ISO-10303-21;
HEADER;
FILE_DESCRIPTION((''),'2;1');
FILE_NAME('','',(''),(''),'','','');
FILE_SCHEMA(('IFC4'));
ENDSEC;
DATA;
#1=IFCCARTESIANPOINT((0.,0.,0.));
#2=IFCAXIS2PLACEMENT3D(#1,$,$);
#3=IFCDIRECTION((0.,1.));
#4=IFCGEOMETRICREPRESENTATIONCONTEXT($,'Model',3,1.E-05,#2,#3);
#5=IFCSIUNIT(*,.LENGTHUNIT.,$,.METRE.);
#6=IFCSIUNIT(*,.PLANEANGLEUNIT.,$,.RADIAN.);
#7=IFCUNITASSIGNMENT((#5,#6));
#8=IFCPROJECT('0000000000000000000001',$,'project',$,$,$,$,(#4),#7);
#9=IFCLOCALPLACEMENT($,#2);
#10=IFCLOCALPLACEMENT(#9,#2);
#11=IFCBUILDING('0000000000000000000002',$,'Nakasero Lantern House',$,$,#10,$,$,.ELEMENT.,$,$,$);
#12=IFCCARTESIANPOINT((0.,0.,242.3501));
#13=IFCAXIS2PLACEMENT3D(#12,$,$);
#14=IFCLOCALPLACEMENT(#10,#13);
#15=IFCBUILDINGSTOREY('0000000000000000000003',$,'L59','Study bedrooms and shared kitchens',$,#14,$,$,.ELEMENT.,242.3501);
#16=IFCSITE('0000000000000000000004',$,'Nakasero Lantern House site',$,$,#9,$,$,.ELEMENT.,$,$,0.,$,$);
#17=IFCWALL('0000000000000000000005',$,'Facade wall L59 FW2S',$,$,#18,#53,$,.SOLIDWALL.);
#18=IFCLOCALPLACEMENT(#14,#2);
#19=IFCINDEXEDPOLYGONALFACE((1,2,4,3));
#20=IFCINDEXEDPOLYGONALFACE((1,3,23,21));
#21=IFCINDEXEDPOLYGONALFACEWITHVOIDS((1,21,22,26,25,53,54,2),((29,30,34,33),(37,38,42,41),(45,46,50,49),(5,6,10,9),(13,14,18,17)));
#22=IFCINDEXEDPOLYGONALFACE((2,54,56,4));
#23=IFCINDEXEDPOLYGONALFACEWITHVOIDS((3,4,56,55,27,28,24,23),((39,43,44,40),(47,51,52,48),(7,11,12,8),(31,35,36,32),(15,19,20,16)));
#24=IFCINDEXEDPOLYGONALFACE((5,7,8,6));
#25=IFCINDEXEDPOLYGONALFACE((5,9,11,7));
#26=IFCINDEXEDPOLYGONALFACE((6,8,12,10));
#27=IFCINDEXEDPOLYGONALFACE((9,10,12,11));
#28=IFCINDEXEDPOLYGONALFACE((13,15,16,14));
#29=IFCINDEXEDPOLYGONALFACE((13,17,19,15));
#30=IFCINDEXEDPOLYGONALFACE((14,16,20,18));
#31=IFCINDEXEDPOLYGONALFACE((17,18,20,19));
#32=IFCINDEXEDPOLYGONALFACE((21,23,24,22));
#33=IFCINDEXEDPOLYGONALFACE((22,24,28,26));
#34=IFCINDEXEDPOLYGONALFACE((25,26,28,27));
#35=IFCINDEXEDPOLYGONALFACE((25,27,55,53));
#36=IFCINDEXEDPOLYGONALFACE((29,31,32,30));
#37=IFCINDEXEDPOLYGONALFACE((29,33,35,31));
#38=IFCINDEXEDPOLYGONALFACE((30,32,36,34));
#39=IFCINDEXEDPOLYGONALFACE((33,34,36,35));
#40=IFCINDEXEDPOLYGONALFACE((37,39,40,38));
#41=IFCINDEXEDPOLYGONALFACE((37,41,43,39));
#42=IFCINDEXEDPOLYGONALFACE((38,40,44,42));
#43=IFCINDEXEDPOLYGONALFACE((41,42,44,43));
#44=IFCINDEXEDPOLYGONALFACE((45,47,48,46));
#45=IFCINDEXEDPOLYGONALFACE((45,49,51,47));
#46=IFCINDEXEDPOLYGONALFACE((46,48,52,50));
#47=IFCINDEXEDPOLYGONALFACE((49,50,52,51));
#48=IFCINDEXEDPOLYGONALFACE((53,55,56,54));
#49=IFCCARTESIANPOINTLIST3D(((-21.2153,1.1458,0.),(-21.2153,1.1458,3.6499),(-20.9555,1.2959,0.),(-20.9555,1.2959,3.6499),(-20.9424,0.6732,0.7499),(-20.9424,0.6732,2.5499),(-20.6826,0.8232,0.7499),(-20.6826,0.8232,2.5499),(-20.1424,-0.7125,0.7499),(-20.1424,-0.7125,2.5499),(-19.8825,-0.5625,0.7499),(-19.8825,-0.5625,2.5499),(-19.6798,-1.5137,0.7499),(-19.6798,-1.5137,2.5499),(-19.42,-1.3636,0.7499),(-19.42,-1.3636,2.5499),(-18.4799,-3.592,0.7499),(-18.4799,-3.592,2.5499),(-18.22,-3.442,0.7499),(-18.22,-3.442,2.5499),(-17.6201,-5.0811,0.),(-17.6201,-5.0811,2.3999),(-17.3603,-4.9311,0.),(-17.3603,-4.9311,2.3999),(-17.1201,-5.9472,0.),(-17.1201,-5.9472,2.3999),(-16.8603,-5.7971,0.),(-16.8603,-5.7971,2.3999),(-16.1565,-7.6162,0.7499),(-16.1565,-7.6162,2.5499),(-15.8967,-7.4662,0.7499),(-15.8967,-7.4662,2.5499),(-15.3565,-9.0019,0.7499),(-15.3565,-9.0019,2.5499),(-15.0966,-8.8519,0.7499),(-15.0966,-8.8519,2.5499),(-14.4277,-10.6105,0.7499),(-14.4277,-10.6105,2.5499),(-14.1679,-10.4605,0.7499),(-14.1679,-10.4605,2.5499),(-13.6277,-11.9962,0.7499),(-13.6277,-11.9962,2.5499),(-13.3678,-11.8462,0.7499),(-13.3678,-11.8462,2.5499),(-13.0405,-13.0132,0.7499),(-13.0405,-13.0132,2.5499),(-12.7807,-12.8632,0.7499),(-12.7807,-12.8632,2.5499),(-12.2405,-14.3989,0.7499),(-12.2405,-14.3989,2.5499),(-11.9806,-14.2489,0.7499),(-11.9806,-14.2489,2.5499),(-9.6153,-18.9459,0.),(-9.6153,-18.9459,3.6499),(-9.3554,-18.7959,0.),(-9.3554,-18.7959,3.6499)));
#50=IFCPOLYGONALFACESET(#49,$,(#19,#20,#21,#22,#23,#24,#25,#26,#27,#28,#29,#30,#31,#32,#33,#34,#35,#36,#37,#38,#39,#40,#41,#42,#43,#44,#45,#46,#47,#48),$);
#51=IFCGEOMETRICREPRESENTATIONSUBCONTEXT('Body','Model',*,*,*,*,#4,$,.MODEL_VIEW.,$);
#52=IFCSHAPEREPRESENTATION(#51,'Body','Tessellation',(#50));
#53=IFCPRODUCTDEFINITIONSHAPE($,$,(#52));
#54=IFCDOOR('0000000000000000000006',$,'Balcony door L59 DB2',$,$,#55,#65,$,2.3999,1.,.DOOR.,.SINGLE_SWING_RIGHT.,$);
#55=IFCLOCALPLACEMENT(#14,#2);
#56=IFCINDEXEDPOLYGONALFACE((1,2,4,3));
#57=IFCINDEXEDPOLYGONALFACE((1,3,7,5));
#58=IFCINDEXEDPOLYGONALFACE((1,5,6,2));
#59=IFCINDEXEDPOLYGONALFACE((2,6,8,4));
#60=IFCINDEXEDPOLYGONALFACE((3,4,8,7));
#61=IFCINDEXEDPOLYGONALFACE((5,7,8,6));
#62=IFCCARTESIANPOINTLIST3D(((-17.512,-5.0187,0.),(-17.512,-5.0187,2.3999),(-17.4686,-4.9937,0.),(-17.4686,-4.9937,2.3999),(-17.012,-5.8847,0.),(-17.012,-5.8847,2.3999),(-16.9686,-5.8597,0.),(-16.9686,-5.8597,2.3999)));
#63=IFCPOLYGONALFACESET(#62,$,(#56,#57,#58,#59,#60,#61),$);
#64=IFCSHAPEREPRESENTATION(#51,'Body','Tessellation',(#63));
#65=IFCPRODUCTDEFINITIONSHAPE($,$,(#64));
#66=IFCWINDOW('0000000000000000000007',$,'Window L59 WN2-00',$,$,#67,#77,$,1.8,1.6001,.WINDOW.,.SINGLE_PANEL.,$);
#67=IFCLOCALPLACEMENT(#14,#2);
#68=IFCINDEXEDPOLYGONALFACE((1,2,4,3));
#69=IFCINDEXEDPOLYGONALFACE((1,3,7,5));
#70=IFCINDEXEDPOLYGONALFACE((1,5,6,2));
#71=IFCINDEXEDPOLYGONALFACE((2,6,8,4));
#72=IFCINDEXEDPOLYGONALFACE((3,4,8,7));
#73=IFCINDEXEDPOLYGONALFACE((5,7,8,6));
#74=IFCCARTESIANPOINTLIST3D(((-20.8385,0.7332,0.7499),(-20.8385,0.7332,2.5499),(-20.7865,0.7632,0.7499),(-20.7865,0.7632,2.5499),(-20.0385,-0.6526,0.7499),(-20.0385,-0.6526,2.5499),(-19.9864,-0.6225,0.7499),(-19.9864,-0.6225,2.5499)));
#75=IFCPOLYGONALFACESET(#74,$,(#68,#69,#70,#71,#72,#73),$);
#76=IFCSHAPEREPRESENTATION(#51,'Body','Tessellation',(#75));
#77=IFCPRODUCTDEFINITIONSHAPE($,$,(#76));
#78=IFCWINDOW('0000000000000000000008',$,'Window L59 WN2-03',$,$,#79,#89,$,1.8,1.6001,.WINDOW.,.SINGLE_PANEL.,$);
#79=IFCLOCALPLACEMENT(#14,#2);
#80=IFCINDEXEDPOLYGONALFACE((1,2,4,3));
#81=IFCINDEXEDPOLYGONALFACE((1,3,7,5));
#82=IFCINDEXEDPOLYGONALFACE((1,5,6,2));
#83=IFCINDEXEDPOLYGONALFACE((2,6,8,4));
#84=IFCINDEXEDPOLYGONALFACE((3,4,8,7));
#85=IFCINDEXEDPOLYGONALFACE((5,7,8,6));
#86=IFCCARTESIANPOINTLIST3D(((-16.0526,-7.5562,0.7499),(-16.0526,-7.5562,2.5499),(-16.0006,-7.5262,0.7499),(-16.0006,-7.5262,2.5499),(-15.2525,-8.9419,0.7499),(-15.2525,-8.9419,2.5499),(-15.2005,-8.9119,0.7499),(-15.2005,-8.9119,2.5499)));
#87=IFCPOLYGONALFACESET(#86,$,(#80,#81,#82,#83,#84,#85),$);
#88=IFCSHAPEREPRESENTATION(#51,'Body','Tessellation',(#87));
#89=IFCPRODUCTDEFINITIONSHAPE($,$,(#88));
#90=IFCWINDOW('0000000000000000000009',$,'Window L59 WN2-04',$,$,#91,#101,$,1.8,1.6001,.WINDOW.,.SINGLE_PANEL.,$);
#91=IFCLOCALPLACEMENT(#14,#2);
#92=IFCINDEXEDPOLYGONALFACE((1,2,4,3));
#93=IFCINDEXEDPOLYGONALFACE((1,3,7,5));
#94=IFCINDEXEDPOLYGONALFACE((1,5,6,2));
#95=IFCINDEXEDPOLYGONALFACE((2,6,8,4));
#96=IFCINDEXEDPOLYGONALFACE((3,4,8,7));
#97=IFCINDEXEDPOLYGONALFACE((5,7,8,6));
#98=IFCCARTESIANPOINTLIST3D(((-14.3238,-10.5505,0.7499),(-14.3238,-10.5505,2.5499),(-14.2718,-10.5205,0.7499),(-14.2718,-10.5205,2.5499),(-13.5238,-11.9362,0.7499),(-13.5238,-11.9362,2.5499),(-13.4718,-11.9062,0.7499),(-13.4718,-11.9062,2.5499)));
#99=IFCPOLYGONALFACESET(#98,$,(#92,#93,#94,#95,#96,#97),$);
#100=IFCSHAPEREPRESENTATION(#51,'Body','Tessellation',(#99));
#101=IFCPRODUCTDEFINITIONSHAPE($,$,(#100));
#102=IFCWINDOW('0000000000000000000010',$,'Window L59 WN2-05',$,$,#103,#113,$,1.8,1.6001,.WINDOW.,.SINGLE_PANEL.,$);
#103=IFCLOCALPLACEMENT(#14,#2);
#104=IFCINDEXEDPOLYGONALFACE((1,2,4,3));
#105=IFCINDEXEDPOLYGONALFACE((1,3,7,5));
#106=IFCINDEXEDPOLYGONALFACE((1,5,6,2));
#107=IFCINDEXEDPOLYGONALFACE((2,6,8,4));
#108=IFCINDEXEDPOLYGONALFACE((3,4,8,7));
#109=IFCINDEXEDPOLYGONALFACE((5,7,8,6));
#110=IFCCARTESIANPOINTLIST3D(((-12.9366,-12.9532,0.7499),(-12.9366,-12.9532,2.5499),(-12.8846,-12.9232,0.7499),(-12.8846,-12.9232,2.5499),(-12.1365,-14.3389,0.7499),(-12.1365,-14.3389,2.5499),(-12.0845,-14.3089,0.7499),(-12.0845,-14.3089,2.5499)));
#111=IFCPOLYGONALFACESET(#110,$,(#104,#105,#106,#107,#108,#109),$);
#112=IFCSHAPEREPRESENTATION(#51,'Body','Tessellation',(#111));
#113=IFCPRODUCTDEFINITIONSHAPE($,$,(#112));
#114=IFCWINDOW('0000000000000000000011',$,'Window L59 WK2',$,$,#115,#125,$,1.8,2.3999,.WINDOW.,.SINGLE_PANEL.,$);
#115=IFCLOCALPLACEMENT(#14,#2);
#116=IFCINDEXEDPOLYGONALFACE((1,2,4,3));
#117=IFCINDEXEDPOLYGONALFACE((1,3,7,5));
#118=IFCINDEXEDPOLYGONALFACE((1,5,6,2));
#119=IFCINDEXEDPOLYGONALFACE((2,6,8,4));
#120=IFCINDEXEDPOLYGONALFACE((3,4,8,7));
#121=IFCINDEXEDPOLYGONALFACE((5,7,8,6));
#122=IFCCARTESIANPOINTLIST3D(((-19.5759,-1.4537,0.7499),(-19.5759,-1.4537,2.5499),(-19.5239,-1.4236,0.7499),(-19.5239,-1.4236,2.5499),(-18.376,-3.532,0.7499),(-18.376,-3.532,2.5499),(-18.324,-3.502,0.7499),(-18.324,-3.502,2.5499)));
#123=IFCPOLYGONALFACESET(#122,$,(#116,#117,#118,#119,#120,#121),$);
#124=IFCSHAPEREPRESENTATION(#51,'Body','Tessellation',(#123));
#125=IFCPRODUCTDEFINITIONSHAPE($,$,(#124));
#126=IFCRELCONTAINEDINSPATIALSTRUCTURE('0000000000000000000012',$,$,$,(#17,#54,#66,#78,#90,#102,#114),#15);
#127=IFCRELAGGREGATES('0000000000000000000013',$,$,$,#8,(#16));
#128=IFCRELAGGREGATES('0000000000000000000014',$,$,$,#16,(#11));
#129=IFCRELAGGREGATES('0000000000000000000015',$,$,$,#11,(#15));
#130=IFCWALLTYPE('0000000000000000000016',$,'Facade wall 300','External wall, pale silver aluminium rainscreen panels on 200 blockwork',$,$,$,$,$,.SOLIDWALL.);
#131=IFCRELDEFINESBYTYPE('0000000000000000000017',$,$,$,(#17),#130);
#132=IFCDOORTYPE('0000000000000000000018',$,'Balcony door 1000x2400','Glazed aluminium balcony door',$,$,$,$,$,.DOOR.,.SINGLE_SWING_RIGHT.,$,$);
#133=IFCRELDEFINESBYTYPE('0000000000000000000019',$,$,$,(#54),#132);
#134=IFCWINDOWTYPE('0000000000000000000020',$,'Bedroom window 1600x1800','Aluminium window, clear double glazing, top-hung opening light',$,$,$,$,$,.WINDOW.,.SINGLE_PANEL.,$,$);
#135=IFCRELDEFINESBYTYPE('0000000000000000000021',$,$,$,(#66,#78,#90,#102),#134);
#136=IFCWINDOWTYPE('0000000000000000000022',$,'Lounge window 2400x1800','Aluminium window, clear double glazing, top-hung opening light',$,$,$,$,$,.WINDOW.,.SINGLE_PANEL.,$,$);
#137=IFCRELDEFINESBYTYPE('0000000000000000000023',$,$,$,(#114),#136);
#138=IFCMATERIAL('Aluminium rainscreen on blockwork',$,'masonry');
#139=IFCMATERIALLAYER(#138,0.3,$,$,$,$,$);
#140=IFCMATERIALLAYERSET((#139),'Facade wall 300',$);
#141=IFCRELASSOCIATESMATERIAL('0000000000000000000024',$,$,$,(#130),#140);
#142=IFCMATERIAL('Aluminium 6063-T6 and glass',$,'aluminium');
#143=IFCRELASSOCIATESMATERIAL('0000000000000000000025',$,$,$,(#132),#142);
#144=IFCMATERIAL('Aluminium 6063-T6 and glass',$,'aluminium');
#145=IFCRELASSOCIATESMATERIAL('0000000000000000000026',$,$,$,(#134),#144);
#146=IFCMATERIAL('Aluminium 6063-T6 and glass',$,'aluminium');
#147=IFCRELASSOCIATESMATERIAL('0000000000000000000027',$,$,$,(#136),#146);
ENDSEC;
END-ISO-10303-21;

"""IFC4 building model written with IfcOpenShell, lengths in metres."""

from ifc_helpers import new_model, si_unit, direction, frame, frame_2d, origin, place, context, subcontext, project, spatial, rectangle, extrude, material, layer, layer_set, type_object, element, fill, save


model = new_model("IFC4")

# Units and contexts
model_context = context("Model", 3, precision=1e-05, world=origin(), true_north=direction((0.0, 1.0)))
body_context = subcontext(model_context, "Body", "Model", "MODEL_VIEW")
ifc_project = project(units=[si_unit("LENGTHUNIT", "METRE"), si_unit("PLANEANGLEUNIT", "RADIAN")], contexts=[model_context])

# Site, building, storey
site_placement = place(None, origin())
site = spatial("IfcSite", under=ifc_project, at=site_placement, Name="Nakasero Lantern House site", CompositionType="ELEMENT", RefElevation=0.0)
building_placement = place(site_placement, origin())
building = spatial("IfcBuilding", under=site, at=building_placement, Name="Nakasero Lantern House", CompositionType="ELEMENT")
storey_placement = place(building_placement, frame((0.0, 0.0, 242.3501)))
storey = spatial("IfcBuildingStorey", under=building, at=storey_placement, Name="L59", Description="Study bedrooms and shared kitchens", CompositionType="ELEMENT", Elevation=242.3501)

# Shared definitions
ifc_material_1 = material(Name="Aluminium rainscreen on blockwork", Category="masonry")
ifc_layer_1 = layer(ifc_material_1, 0.3)
ifc_layer_set_1 = layer_set([ifc_layer_1], Name="Facade wall 300")
wall_type_1 = type_object("IfcWallType", Name="Facade wall 300", Description="External wall, pale silver aluminium rainscreen panels on 200 blockwork", PredefinedType="SOLIDWALL", material=ifc_layer_set_1)

# Wall, openings, door, windows
wall_1_placement = place(storey_placement, frame((-21.0854, 1.2209, 0.0), z_axis=(0.0, 0.0, 1.0), x_axis=(0.500003, -0.866024, 0.0)))
wall_1 = element("IfcWall", 1, at=wall_1_placement, inside=storey, type_object=wall_type_1, Name="Facade wall L59 FW2S", PredefinedType="SOLIDWALL", context=body_context, shape_type="SweptSolid", body=[
    extrude(rectangle(XDim=23.2, YDim=0.3, at=frame_2d((11.6001, 0.0))), origin(), (0.0, 0.0, 1.0), 3.6499),
])
opening_1_placement = place(wall_1_placement, frame((0.5459, 0.0, 0.75)))
opening_1 = element("IfcOpeningElement", 2, at=opening_1_placement, cuts=wall_1, PredefinedType="OPENING", context=body_context, shape_type="SweptSolid", body=[
    extrude(rectangle(XDim=1.6001, YDim=1.8, at=frame_2d((0.8, 0.8999))), frame((0.0, 0.1699, 0.0), z_axis=(0.0, -1.0, 0.0), x_axis=(1.0, 0.0, 0.0)), (0.0, 0.0, 1.0), 0.3401),
])
opening_2_placement = place(wall_1_placement, frame((10.1177, 0.0, 0.75)))
opening_2 = element("IfcOpeningElement", 3, at=opening_2_placement, cuts=wall_1, PredefinedType="OPENING", context=body_context, shape_type="SweptSolid", body=[
    extrude(rectangle(XDim=1.6001, YDim=1.8, at=frame_2d((0.8, 0.8999))), frame((0.0, 0.1699, 0.0), z_axis=(0.0, -1.0, 0.0), x_axis=(1.0, 0.0, 0.0)), (0.0, 0.0, 1.0), 0.3401),
])
opening_3_placement = place(wall_1_placement, frame((13.5752, 0.0, 0.75)))
opening_3 = element("IfcOpeningElement", 4, at=opening_3_placement, cuts=wall_1, PredefinedType="OPENING", context=body_context, shape_type="SweptSolid", body=[
    extrude(rectangle(XDim=1.6001, YDim=1.8, at=frame_2d((0.8, 0.8999))), frame((0.0, 0.1699, 0.0), z_axis=(0.0, -1.0, 0.0), x_axis=(1.0, 0.0, 0.0)), (0.0, 0.0, 1.0), 0.3401),
])
opening_4_placement = place(wall_1_placement, frame((16.3496, 0.0, 0.75)))
opening_4 = element("IfcOpeningElement", 5, at=opening_4_placement, cuts=wall_1, PredefinedType="OPENING", context=body_context, shape_type="SweptSolid", body=[
    extrude(rectangle(XDim=1.6001, YDim=1.8, at=frame_2d((0.8, 0.8999))), frame((0.0, 0.1699, 0.0), z_axis=(0.0, -1.0, 0.0), x_axis=(1.0, 0.0, 0.0)), (0.0, 0.0, 1.0), 0.3401),
])
opening_5_placement = place(wall_1_placement, frame((3.071, 0.0, 0.75)))
opening_5 = element("IfcOpeningElement", 6, at=opening_5_placement, cuts=wall_1, PredefinedType="OPENING", context=body_context, shape_type="SweptSolid", body=[
    extrude(rectangle(XDim=2.3999, YDim=1.8, at=frame_2d((1.2, 0.8999))), frame((0.0, 0.1699, 0.0), z_axis=(0.0, -1.0, 0.0), x_axis=(1.0, 0.0, 0.0)), (0.0, 0.0, 1.0), 0.3401),
])
opening_6_placement = place(wall_1_placement, frame((7.1904, 0.0, 0.0)))
opening_6 = element("IfcOpeningElement", 7, at=opening_6_placement, cuts=wall_1, PredefinedType="OPENING", context=body_context, shape_type="SweptSolid", body=[
    extrude(rectangle(XDim=1.0, YDim=2.3999, at=frame_2d((0.5, 1.2))), frame((0.0, 0.1699, 0.0), z_axis=(0.0, -1.0, 0.0), x_axis=(1.0, 0.0, 0.0)), (0.0, 0.0, 1.0), 0.3401),
])
ifc_material_2 = material(Name="Aluminium 6063-T6 and glass", Category="aluminium")
door_type_1 = type_object("IfcDoorType", Name="Balcony door 1000x2400", Description="Glazed aluminium balcony door", OperationType="SINGLE_SWING_RIGHT", PredefinedType="DOOR", material=ifc_material_2)
door_1_placement = place(opening_6_placement, origin())
door_1 = element("IfcDoor", 8, at=door_1_placement, inside=storey, type_object=door_type_1, Name="Balcony door L59 DB2", OperationType="SINGLE_SWING_RIGHT", OverallHeight=2.3999, OverallWidth=1.0, PredefinedType="DOOR", context=body_context, shape_type="SweptSolid", body=[
    extrude(rectangle(XDim=1.0, YDim=2.3999, at=frame_2d((0.5, 1.2))), frame((0.0, 0.0249, 0.0), z_axis=(0.0, -1.0, 0.0), x_axis=(1.0, 0.0, 0.0)), (0.0, 0.0, 1.0), 0.05),
])
fill(opening_6, door_1)
ifc_material_3 = material(Name="Aluminium 6063-T6 and glass", Category="aluminium")
window_type_1 = type_object("IfcWindowType", Name="Bedroom window 1600x1800", Description="Aluminium window, clear double glazing, top-hung opening light", PartitioningType="SINGLE_PANEL", PredefinedType="WINDOW", material=ifc_material_3)
window_1_placement = place(opening_1_placement, origin())
window_1 = element("IfcWindow", 9, at=window_1_placement, inside=storey, type_object=window_type_1, Name="Window L59 WN2-00", OverallHeight=1.8, OverallWidth=1.6001, PartitioningType="SINGLE_PANEL", PredefinedType="WINDOW", context=body_context, shape_type="SweptSolid", body=[
    extrude(rectangle(XDim=1.6001, YDim=1.8, at=frame_2d((0.8, 0.8999))), frame((0.0, 0.03, 0.0), z_axis=(0.0, -1.0, 0.0), x_axis=(1.0, 0.0, 0.0)), (0.0, 0.0, 1.0), 0.0601),
])
fill(opening_1, window_1)
window_2_placement = place(opening_2_placement, origin())
window_2 = element("IfcWindow", 10, at=window_2_placement, inside=storey, type_object=window_type_1, Name="Window L59 WN2-03", OverallHeight=1.8, OverallWidth=1.6001, PartitioningType="SINGLE_PANEL", PredefinedType="WINDOW", context=body_context, shape_type="SweptSolid", body=[
    extrude(rectangle(XDim=1.6001, YDim=1.8, at=frame_2d((0.8, 0.8999))), frame((0.0, 0.03, 0.0), z_axis=(0.0, -1.0, 0.0), x_axis=(1.0, 0.0, 0.0)), (0.0, 0.0, 1.0), 0.0601),
])
fill(opening_2, window_2)
window_3_placement = place(opening_3_placement, origin())
window_3 = element("IfcWindow", 11, at=window_3_placement, inside=storey, type_object=window_type_1, Name="Window L59 WN2-04", OverallHeight=1.8, OverallWidth=1.6001, PartitioningType="SINGLE_PANEL", PredefinedType="WINDOW", context=body_context, shape_type="SweptSolid", body=[
    extrude(rectangle(XDim=1.6001, YDim=1.8, at=frame_2d((0.8, 0.8999))), frame((0.0, 0.03, 0.0), z_axis=(0.0, -1.0, 0.0), x_axis=(1.0, 0.0, 0.0)), (0.0, 0.0, 1.0), 0.0601),
])
fill(opening_3, window_3)
window_4_placement = place(opening_4_placement, origin())
window_4 = element("IfcWindow", 12, at=window_4_placement, inside=storey, type_object=window_type_1, Name="Window L59 WN2-05", OverallHeight=1.8, OverallWidth=1.6001, PartitioningType="SINGLE_PANEL", PredefinedType="WINDOW", context=body_context, shape_type="SweptSolid", body=[
    extrude(rectangle(XDim=1.6001, YDim=1.8, at=frame_2d((0.8, 0.8999))), frame((0.0, 0.03, 0.0), z_axis=(0.0, -1.0, 0.0), x_axis=(1.0, 0.0, 0.0)), (0.0, 0.0, 1.0), 0.0601),
])
fill(opening_4, window_4)
ifc_material_4 = material(Name="Aluminium 6063-T6 and glass", Category="aluminium")
window_type_2 = type_object("IfcWindowType", Name="Lounge window 2400x1800", Description="Aluminium window, clear double glazing, top-hung opening light", PartitioningType="SINGLE_PANEL", PredefinedType="WINDOW", material=ifc_material_4)
window_5_placement = place(opening_5_placement, origin())
window_5 = element("IfcWindow", 13, at=window_5_placement, inside=storey, type_object=window_type_2, Name="Window L59 WK2", OverallHeight=1.8, OverallWidth=2.3999, PartitioningType="SINGLE_PANEL", PredefinedType="WINDOW", context=body_context, shape_type="SweptSolid", body=[
    extrude(rectangle(XDim=2.3999, YDim=1.8, at=frame_2d((1.2, 0.8999))), frame((0.0, 0.03, 0.0), z_axis=(0.0, -1.0, 0.0), x_axis=(1.0, 0.0, 0.0)), (0.0, 0.0, 1.0), 0.0601),
])
fill(opening_5, window_5)

save(model, "model.ifc")
